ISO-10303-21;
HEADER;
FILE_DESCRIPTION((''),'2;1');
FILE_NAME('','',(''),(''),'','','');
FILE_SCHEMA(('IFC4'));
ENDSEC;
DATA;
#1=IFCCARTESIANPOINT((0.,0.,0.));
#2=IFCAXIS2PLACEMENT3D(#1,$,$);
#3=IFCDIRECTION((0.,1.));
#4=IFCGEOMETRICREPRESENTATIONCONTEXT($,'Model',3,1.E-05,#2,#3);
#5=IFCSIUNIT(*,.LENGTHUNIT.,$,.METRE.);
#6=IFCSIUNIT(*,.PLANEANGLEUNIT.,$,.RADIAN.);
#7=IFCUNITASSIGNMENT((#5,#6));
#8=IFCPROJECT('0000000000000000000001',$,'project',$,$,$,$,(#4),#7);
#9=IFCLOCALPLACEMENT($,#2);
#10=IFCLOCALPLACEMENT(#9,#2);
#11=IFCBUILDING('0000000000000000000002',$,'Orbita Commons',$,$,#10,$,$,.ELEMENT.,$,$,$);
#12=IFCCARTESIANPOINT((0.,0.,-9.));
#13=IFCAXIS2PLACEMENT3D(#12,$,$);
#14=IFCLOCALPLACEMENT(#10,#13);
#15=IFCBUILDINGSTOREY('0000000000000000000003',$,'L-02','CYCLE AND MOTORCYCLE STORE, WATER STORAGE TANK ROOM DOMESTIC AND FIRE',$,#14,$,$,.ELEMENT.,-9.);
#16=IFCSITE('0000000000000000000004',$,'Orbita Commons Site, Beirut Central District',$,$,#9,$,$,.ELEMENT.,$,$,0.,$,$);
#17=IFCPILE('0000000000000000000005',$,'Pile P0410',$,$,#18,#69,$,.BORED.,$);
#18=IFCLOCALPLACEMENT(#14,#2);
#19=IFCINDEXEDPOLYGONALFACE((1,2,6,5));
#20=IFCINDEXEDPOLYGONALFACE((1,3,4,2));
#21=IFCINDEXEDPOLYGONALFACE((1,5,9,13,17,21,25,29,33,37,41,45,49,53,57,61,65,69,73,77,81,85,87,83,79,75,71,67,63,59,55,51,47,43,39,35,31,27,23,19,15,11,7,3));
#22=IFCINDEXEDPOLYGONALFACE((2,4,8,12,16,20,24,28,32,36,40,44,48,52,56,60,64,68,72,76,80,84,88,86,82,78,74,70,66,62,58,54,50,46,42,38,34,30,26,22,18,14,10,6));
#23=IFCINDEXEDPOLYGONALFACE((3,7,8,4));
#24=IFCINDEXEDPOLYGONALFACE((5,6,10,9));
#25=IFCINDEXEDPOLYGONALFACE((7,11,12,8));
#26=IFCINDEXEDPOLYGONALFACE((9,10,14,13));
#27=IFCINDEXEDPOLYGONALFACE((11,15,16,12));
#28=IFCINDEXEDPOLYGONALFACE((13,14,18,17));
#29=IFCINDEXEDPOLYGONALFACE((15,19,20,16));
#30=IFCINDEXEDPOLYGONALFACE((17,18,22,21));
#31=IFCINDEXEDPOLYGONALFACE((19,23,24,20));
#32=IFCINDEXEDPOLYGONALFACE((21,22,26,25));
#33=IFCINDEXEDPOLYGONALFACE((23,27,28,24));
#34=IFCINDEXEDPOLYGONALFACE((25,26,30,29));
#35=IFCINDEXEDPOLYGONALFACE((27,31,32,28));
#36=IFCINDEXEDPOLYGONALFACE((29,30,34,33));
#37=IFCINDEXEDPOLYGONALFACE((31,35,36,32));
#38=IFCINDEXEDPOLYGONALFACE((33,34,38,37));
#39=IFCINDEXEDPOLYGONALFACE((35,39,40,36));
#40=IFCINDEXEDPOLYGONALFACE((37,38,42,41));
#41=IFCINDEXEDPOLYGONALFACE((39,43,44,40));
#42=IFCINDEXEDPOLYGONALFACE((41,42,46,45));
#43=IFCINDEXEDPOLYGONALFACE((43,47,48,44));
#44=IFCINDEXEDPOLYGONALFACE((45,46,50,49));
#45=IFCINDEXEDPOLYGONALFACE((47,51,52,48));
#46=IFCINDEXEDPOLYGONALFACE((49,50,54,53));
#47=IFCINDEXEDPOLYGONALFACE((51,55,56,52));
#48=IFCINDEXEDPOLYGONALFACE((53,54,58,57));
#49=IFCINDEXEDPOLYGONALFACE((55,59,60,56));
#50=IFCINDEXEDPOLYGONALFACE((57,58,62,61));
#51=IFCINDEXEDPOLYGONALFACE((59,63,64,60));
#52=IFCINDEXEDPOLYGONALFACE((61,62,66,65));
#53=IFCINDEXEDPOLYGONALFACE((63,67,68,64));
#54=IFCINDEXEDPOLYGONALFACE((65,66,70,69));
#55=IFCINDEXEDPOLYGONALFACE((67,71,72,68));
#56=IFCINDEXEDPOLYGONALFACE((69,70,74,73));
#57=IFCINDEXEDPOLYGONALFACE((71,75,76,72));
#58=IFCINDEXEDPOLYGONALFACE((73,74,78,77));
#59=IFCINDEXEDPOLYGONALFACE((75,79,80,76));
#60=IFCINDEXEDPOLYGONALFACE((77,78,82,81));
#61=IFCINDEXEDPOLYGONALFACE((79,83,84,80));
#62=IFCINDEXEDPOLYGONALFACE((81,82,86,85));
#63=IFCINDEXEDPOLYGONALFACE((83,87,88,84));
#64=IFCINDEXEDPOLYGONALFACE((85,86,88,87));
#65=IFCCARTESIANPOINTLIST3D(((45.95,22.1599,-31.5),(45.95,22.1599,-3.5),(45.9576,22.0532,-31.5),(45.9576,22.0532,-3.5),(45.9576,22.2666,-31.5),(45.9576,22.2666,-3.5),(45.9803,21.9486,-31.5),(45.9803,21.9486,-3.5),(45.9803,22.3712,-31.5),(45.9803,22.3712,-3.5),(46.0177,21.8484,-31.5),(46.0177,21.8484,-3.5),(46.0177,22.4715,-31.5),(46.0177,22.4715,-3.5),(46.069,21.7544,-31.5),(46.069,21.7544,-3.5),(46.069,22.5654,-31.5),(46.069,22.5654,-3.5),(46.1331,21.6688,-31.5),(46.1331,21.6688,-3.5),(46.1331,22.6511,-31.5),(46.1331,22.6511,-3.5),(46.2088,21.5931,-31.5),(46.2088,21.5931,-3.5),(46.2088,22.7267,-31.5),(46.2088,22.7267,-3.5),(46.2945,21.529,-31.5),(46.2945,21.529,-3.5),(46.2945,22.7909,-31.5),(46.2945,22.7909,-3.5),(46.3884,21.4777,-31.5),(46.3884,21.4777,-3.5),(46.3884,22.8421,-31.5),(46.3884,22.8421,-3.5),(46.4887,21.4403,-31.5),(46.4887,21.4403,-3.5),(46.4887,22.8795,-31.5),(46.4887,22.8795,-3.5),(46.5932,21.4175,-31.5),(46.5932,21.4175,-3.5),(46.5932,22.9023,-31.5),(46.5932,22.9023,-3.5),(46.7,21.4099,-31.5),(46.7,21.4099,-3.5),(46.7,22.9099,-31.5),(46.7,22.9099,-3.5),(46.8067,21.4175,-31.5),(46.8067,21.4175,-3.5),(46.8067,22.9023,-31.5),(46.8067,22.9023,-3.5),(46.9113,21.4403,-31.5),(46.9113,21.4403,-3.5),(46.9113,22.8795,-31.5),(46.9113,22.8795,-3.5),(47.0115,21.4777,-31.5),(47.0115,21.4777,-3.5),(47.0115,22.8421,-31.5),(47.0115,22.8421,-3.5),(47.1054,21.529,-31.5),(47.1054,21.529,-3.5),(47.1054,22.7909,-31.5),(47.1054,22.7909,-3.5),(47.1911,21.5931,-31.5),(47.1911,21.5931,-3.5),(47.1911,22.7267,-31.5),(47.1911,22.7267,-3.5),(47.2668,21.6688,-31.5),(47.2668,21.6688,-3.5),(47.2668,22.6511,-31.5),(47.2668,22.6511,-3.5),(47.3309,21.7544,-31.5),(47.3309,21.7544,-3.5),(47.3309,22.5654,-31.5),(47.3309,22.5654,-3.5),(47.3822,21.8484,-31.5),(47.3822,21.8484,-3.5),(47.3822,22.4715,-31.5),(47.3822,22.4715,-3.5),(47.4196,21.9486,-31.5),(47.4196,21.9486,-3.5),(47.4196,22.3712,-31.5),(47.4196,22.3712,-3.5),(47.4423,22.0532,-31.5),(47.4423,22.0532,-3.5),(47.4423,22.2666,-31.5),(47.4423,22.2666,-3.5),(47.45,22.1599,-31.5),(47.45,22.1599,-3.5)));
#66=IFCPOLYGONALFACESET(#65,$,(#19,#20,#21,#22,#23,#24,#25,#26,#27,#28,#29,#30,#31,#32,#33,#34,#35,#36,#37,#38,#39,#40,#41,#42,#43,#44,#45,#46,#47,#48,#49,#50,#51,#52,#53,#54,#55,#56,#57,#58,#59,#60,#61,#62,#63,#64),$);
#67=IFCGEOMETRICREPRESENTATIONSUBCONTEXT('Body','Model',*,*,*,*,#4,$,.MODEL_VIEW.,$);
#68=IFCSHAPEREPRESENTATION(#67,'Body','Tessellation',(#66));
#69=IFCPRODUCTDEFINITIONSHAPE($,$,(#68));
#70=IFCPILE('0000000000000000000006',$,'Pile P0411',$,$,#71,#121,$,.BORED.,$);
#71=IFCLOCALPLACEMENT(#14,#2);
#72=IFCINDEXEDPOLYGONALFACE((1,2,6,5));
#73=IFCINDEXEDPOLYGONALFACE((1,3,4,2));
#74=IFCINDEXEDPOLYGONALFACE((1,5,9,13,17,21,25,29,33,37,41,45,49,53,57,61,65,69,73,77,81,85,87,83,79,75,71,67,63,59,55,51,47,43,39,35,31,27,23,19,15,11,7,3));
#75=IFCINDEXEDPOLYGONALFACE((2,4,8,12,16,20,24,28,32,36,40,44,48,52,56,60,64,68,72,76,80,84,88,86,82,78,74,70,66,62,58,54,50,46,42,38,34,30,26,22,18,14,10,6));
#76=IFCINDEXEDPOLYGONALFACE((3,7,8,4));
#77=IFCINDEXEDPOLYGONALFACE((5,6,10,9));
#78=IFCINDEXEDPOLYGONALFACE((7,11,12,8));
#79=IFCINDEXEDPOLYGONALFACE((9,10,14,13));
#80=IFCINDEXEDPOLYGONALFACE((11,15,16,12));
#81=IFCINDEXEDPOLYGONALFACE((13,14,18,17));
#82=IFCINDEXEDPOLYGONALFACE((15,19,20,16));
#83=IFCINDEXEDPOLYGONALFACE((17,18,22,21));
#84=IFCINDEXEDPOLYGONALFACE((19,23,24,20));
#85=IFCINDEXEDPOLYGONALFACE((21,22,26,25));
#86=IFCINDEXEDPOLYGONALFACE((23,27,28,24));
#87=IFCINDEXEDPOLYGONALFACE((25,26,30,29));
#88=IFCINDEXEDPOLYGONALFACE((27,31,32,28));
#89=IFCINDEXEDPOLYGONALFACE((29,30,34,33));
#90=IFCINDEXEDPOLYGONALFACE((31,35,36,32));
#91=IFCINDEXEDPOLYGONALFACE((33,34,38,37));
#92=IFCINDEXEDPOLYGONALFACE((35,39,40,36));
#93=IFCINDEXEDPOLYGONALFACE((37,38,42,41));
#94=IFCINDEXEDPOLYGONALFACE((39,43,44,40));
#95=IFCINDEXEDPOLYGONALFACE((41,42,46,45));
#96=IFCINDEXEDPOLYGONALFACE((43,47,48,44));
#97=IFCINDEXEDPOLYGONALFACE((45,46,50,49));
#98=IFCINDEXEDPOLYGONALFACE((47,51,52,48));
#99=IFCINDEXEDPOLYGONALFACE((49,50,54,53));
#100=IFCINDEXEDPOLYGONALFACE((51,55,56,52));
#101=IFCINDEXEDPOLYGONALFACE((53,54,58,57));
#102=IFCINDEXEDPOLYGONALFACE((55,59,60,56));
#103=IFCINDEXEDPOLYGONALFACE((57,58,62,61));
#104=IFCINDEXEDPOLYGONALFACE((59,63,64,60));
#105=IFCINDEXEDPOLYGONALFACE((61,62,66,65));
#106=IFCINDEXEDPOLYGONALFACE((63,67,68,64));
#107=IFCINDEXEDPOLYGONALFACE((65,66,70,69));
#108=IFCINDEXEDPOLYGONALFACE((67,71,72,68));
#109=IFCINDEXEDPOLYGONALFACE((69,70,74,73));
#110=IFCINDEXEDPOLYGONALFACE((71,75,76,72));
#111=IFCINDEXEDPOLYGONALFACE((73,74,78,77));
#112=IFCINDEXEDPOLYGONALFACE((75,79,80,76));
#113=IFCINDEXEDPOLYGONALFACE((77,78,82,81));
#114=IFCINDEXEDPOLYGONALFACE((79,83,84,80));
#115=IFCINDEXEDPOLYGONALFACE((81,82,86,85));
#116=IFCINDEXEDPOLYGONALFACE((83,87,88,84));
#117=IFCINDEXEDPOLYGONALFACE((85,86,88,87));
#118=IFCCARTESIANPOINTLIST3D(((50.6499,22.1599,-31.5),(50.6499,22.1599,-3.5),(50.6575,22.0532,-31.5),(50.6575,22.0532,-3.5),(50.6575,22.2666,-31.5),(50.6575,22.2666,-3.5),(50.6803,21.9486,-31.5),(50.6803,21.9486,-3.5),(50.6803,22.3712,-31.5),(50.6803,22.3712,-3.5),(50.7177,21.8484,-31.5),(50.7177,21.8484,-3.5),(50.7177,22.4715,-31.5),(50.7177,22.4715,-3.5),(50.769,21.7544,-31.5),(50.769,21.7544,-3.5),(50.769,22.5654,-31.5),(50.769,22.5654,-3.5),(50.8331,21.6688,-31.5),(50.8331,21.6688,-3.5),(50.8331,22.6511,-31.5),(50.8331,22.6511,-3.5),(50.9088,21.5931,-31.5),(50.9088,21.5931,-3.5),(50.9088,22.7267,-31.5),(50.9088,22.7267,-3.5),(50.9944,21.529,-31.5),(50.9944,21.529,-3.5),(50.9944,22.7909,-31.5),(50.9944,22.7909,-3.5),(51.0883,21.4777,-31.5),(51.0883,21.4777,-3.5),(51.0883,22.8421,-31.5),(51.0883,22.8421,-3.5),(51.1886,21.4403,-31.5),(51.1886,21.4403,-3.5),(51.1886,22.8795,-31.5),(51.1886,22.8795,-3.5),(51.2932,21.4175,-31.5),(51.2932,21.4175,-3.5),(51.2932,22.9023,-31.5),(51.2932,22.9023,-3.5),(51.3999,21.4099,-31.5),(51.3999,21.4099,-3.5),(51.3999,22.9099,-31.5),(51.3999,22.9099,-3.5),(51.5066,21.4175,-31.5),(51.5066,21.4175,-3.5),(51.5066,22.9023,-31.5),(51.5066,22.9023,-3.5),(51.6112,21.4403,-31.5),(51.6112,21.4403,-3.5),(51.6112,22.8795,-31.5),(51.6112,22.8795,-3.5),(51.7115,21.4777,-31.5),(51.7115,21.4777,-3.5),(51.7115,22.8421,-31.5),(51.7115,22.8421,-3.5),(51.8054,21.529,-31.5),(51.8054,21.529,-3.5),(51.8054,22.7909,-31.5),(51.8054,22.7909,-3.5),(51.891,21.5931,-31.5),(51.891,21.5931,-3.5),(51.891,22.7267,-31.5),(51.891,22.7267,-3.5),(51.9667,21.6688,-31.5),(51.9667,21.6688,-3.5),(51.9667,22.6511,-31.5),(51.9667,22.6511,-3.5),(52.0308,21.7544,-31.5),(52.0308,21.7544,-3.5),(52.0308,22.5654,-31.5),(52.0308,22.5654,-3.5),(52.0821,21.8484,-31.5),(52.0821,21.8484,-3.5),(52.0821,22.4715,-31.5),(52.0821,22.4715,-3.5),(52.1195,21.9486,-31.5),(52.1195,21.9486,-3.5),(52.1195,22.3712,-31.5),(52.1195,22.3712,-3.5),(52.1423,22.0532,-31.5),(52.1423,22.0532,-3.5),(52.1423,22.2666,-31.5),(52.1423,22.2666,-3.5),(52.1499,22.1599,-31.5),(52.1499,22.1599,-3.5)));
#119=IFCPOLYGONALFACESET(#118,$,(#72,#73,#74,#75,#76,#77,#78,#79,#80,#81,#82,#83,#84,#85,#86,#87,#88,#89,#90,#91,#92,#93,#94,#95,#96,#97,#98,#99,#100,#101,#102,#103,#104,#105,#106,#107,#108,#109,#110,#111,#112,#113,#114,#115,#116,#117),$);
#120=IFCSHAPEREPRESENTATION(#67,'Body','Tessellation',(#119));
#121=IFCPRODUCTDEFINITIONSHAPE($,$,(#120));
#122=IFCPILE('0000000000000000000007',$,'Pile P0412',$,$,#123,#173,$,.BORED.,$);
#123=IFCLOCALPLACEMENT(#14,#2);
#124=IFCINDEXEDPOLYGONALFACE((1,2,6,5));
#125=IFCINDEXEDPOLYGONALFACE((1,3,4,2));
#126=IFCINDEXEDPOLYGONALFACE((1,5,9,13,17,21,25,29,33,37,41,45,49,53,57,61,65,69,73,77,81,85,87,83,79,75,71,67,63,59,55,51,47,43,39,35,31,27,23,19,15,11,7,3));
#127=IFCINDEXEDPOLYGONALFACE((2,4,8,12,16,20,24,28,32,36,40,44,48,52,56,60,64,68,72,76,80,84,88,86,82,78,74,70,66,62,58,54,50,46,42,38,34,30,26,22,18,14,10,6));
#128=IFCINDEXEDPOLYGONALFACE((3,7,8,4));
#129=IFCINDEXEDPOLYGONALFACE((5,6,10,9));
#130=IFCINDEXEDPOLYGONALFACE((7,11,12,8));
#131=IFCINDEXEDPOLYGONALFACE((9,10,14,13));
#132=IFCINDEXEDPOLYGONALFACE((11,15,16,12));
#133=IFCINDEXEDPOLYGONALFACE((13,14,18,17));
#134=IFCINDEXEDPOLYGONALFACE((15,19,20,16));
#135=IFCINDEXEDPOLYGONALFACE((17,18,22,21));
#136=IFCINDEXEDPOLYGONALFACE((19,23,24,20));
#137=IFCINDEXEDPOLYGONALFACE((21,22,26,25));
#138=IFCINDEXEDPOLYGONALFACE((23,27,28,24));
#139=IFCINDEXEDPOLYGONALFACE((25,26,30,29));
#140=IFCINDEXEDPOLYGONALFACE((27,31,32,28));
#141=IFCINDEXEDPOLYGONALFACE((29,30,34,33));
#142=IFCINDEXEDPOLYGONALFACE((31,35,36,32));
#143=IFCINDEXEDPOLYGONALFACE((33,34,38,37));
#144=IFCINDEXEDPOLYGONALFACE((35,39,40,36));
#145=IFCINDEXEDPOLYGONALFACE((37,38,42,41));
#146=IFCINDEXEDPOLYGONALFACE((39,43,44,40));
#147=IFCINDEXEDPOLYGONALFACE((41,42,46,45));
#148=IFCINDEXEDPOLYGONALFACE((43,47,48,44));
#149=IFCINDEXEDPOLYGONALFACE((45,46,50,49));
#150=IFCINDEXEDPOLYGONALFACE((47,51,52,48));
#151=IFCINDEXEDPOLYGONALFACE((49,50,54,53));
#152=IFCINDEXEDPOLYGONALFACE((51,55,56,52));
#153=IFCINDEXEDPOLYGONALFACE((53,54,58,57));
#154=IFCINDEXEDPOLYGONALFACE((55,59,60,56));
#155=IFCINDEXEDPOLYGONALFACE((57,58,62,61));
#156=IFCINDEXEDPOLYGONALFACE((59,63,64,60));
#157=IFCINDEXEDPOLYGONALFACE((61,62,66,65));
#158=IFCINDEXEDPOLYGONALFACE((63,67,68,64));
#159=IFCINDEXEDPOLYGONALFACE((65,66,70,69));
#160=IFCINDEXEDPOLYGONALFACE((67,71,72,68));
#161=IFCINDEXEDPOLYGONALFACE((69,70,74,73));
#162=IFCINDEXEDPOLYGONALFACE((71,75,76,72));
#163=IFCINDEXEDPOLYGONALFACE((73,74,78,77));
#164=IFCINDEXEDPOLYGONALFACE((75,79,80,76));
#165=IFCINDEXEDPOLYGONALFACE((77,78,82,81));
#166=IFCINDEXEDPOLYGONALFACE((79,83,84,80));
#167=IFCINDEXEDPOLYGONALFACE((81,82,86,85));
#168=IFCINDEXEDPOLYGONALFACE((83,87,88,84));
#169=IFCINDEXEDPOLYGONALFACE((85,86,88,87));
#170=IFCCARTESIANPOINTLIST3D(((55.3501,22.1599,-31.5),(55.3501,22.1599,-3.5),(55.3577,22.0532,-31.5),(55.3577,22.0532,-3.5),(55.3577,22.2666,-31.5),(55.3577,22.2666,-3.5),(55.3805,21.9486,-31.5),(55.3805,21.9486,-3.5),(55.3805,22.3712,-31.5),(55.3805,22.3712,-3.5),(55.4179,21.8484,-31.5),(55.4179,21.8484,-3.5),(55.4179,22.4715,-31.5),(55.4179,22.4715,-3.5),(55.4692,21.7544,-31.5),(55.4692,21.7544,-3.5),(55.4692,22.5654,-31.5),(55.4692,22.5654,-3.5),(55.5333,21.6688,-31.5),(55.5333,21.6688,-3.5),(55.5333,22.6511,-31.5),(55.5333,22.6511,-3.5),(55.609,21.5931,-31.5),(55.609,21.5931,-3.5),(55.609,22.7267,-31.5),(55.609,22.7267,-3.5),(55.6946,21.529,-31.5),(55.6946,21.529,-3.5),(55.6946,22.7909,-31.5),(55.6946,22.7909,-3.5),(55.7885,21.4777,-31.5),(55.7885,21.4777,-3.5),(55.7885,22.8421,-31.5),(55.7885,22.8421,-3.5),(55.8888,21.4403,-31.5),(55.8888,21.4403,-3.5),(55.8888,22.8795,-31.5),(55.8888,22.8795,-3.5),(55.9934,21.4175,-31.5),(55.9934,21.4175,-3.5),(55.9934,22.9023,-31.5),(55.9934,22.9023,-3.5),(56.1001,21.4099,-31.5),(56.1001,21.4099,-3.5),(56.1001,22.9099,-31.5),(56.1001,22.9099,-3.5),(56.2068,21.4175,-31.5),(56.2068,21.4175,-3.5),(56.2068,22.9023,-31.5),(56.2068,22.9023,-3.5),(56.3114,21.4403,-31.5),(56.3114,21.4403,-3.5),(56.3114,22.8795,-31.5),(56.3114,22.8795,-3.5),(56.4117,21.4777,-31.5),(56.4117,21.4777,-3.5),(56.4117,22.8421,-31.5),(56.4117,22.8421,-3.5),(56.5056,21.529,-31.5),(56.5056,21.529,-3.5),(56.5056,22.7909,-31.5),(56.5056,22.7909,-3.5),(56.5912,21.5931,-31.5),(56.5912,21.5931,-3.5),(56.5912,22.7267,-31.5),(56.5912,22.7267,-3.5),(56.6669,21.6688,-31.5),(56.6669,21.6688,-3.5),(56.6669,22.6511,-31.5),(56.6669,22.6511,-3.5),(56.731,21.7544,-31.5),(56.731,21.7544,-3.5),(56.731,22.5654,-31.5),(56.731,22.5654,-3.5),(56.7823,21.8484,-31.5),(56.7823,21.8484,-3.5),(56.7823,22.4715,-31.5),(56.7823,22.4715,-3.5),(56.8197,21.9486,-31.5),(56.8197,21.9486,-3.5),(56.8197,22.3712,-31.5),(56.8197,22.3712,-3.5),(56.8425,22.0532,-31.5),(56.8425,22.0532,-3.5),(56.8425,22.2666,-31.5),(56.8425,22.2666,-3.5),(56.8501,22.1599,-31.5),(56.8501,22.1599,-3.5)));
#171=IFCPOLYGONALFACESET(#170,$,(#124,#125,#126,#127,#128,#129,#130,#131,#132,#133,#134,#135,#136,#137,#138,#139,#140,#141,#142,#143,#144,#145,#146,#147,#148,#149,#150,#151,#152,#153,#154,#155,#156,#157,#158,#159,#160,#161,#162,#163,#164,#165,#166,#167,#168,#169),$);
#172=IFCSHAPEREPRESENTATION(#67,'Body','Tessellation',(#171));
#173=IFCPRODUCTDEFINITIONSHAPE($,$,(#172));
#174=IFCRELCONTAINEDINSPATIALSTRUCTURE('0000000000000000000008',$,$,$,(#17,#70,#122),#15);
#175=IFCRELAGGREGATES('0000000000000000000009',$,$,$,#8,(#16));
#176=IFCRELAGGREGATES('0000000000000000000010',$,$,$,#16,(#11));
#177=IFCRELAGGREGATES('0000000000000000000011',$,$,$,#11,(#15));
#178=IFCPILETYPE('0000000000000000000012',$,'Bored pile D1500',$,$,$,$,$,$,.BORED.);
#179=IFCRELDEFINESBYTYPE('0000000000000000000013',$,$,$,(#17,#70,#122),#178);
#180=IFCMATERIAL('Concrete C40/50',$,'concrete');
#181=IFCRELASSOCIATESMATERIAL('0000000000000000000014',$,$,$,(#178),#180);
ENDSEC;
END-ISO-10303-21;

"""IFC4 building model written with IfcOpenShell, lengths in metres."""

from ifc_helpers import new_model, si_unit, direction, frame, origin, origin_2d, place, context, subcontext, project, spatial, circle, extrude, material, material_profile, profile_set, type_object, element, save


model = new_model("IFC4")

# Units and contexts
model_context = context("Model", 3, precision=1e-05, world=origin(), true_north=direction((0.0, 1.0)))
body_context = subcontext(model_context, "Body", "Model", "MODEL_VIEW")
ifc_project = project(units=[si_unit("LENGTHUNIT", "METRE"), si_unit("PLANEANGLEUNIT", "RADIAN")], contexts=[model_context])

# Site, building, storey
site_placement = place(None, origin())
site = spatial("IfcSite", under=ifc_project, at=site_placement, Name="Orbita Commons Site, Beirut Central District", CompositionType="ELEMENT", RefElevation=0.0)
building_placement = place(site_placement, origin())
building = spatial("IfcBuilding", under=site, at=building_placement, Name="Orbita Commons", CompositionType="ELEMENT")
storey_placement = place(building_placement, frame((0.0, 0.0, -9.0)))
storey = spatial("IfcBuildingStorey", under=building, at=storey_placement, Name="L-02", Description="CYCLE AND MOTORCYCLE STORE, WATER STORAGE TANK ROOM DOMESTIC AND FIRE", CompositionType="ELEMENT", Elevation=-9.0)

# Piles
ifc_material_1 = material(Name="Concrete C40/50", Category="concrete")
ifc_material_profile_1 = material_profile(ifc_material_1, circle(Radius=0.75, at=origin_2d()), Name="RC D1500")
ifc_profile_set_1 = profile_set([ifc_material_profile_1], Name="Concrete C40/50")
pile_type = type_object("IfcPileType", Name="Bored pile D1500", PredefinedType="BORED", material=ifc_profile_set_1)
for number, where, z_axis, x_axis, name in (
    (1, (46.7, 22.1599, -3.5), (0.0, 0.0, -1.0), (1.0, 0.0, 0.0), "Pile P0410"),
    (2, (51.3999, 22.1599, -3.5), (0.0, 0.0, -1.0), (1.0, 0.0, 0.0), "Pile P0411"),
    (3, (56.1001, 22.1599, -3.5), (0.0, 0.0, -1.0), (1.0, 0.0, 0.0), "Pile P0412"),
):
    element("IfcPile", number, at=place(storey_placement, frame(where, z_axis=z_axis, x_axis=x_axis)), inside=storey, type_object=pile_type, Name=name, PredefinedType="BORED", context=body_context, shape_type="SweptSolid", body=[
        extrude(circle(Radius=0.75, at=origin_2d()), origin(), (0.0, 0.0, 1.0), 28.0),
    ])

save(model, "model.ifc")
